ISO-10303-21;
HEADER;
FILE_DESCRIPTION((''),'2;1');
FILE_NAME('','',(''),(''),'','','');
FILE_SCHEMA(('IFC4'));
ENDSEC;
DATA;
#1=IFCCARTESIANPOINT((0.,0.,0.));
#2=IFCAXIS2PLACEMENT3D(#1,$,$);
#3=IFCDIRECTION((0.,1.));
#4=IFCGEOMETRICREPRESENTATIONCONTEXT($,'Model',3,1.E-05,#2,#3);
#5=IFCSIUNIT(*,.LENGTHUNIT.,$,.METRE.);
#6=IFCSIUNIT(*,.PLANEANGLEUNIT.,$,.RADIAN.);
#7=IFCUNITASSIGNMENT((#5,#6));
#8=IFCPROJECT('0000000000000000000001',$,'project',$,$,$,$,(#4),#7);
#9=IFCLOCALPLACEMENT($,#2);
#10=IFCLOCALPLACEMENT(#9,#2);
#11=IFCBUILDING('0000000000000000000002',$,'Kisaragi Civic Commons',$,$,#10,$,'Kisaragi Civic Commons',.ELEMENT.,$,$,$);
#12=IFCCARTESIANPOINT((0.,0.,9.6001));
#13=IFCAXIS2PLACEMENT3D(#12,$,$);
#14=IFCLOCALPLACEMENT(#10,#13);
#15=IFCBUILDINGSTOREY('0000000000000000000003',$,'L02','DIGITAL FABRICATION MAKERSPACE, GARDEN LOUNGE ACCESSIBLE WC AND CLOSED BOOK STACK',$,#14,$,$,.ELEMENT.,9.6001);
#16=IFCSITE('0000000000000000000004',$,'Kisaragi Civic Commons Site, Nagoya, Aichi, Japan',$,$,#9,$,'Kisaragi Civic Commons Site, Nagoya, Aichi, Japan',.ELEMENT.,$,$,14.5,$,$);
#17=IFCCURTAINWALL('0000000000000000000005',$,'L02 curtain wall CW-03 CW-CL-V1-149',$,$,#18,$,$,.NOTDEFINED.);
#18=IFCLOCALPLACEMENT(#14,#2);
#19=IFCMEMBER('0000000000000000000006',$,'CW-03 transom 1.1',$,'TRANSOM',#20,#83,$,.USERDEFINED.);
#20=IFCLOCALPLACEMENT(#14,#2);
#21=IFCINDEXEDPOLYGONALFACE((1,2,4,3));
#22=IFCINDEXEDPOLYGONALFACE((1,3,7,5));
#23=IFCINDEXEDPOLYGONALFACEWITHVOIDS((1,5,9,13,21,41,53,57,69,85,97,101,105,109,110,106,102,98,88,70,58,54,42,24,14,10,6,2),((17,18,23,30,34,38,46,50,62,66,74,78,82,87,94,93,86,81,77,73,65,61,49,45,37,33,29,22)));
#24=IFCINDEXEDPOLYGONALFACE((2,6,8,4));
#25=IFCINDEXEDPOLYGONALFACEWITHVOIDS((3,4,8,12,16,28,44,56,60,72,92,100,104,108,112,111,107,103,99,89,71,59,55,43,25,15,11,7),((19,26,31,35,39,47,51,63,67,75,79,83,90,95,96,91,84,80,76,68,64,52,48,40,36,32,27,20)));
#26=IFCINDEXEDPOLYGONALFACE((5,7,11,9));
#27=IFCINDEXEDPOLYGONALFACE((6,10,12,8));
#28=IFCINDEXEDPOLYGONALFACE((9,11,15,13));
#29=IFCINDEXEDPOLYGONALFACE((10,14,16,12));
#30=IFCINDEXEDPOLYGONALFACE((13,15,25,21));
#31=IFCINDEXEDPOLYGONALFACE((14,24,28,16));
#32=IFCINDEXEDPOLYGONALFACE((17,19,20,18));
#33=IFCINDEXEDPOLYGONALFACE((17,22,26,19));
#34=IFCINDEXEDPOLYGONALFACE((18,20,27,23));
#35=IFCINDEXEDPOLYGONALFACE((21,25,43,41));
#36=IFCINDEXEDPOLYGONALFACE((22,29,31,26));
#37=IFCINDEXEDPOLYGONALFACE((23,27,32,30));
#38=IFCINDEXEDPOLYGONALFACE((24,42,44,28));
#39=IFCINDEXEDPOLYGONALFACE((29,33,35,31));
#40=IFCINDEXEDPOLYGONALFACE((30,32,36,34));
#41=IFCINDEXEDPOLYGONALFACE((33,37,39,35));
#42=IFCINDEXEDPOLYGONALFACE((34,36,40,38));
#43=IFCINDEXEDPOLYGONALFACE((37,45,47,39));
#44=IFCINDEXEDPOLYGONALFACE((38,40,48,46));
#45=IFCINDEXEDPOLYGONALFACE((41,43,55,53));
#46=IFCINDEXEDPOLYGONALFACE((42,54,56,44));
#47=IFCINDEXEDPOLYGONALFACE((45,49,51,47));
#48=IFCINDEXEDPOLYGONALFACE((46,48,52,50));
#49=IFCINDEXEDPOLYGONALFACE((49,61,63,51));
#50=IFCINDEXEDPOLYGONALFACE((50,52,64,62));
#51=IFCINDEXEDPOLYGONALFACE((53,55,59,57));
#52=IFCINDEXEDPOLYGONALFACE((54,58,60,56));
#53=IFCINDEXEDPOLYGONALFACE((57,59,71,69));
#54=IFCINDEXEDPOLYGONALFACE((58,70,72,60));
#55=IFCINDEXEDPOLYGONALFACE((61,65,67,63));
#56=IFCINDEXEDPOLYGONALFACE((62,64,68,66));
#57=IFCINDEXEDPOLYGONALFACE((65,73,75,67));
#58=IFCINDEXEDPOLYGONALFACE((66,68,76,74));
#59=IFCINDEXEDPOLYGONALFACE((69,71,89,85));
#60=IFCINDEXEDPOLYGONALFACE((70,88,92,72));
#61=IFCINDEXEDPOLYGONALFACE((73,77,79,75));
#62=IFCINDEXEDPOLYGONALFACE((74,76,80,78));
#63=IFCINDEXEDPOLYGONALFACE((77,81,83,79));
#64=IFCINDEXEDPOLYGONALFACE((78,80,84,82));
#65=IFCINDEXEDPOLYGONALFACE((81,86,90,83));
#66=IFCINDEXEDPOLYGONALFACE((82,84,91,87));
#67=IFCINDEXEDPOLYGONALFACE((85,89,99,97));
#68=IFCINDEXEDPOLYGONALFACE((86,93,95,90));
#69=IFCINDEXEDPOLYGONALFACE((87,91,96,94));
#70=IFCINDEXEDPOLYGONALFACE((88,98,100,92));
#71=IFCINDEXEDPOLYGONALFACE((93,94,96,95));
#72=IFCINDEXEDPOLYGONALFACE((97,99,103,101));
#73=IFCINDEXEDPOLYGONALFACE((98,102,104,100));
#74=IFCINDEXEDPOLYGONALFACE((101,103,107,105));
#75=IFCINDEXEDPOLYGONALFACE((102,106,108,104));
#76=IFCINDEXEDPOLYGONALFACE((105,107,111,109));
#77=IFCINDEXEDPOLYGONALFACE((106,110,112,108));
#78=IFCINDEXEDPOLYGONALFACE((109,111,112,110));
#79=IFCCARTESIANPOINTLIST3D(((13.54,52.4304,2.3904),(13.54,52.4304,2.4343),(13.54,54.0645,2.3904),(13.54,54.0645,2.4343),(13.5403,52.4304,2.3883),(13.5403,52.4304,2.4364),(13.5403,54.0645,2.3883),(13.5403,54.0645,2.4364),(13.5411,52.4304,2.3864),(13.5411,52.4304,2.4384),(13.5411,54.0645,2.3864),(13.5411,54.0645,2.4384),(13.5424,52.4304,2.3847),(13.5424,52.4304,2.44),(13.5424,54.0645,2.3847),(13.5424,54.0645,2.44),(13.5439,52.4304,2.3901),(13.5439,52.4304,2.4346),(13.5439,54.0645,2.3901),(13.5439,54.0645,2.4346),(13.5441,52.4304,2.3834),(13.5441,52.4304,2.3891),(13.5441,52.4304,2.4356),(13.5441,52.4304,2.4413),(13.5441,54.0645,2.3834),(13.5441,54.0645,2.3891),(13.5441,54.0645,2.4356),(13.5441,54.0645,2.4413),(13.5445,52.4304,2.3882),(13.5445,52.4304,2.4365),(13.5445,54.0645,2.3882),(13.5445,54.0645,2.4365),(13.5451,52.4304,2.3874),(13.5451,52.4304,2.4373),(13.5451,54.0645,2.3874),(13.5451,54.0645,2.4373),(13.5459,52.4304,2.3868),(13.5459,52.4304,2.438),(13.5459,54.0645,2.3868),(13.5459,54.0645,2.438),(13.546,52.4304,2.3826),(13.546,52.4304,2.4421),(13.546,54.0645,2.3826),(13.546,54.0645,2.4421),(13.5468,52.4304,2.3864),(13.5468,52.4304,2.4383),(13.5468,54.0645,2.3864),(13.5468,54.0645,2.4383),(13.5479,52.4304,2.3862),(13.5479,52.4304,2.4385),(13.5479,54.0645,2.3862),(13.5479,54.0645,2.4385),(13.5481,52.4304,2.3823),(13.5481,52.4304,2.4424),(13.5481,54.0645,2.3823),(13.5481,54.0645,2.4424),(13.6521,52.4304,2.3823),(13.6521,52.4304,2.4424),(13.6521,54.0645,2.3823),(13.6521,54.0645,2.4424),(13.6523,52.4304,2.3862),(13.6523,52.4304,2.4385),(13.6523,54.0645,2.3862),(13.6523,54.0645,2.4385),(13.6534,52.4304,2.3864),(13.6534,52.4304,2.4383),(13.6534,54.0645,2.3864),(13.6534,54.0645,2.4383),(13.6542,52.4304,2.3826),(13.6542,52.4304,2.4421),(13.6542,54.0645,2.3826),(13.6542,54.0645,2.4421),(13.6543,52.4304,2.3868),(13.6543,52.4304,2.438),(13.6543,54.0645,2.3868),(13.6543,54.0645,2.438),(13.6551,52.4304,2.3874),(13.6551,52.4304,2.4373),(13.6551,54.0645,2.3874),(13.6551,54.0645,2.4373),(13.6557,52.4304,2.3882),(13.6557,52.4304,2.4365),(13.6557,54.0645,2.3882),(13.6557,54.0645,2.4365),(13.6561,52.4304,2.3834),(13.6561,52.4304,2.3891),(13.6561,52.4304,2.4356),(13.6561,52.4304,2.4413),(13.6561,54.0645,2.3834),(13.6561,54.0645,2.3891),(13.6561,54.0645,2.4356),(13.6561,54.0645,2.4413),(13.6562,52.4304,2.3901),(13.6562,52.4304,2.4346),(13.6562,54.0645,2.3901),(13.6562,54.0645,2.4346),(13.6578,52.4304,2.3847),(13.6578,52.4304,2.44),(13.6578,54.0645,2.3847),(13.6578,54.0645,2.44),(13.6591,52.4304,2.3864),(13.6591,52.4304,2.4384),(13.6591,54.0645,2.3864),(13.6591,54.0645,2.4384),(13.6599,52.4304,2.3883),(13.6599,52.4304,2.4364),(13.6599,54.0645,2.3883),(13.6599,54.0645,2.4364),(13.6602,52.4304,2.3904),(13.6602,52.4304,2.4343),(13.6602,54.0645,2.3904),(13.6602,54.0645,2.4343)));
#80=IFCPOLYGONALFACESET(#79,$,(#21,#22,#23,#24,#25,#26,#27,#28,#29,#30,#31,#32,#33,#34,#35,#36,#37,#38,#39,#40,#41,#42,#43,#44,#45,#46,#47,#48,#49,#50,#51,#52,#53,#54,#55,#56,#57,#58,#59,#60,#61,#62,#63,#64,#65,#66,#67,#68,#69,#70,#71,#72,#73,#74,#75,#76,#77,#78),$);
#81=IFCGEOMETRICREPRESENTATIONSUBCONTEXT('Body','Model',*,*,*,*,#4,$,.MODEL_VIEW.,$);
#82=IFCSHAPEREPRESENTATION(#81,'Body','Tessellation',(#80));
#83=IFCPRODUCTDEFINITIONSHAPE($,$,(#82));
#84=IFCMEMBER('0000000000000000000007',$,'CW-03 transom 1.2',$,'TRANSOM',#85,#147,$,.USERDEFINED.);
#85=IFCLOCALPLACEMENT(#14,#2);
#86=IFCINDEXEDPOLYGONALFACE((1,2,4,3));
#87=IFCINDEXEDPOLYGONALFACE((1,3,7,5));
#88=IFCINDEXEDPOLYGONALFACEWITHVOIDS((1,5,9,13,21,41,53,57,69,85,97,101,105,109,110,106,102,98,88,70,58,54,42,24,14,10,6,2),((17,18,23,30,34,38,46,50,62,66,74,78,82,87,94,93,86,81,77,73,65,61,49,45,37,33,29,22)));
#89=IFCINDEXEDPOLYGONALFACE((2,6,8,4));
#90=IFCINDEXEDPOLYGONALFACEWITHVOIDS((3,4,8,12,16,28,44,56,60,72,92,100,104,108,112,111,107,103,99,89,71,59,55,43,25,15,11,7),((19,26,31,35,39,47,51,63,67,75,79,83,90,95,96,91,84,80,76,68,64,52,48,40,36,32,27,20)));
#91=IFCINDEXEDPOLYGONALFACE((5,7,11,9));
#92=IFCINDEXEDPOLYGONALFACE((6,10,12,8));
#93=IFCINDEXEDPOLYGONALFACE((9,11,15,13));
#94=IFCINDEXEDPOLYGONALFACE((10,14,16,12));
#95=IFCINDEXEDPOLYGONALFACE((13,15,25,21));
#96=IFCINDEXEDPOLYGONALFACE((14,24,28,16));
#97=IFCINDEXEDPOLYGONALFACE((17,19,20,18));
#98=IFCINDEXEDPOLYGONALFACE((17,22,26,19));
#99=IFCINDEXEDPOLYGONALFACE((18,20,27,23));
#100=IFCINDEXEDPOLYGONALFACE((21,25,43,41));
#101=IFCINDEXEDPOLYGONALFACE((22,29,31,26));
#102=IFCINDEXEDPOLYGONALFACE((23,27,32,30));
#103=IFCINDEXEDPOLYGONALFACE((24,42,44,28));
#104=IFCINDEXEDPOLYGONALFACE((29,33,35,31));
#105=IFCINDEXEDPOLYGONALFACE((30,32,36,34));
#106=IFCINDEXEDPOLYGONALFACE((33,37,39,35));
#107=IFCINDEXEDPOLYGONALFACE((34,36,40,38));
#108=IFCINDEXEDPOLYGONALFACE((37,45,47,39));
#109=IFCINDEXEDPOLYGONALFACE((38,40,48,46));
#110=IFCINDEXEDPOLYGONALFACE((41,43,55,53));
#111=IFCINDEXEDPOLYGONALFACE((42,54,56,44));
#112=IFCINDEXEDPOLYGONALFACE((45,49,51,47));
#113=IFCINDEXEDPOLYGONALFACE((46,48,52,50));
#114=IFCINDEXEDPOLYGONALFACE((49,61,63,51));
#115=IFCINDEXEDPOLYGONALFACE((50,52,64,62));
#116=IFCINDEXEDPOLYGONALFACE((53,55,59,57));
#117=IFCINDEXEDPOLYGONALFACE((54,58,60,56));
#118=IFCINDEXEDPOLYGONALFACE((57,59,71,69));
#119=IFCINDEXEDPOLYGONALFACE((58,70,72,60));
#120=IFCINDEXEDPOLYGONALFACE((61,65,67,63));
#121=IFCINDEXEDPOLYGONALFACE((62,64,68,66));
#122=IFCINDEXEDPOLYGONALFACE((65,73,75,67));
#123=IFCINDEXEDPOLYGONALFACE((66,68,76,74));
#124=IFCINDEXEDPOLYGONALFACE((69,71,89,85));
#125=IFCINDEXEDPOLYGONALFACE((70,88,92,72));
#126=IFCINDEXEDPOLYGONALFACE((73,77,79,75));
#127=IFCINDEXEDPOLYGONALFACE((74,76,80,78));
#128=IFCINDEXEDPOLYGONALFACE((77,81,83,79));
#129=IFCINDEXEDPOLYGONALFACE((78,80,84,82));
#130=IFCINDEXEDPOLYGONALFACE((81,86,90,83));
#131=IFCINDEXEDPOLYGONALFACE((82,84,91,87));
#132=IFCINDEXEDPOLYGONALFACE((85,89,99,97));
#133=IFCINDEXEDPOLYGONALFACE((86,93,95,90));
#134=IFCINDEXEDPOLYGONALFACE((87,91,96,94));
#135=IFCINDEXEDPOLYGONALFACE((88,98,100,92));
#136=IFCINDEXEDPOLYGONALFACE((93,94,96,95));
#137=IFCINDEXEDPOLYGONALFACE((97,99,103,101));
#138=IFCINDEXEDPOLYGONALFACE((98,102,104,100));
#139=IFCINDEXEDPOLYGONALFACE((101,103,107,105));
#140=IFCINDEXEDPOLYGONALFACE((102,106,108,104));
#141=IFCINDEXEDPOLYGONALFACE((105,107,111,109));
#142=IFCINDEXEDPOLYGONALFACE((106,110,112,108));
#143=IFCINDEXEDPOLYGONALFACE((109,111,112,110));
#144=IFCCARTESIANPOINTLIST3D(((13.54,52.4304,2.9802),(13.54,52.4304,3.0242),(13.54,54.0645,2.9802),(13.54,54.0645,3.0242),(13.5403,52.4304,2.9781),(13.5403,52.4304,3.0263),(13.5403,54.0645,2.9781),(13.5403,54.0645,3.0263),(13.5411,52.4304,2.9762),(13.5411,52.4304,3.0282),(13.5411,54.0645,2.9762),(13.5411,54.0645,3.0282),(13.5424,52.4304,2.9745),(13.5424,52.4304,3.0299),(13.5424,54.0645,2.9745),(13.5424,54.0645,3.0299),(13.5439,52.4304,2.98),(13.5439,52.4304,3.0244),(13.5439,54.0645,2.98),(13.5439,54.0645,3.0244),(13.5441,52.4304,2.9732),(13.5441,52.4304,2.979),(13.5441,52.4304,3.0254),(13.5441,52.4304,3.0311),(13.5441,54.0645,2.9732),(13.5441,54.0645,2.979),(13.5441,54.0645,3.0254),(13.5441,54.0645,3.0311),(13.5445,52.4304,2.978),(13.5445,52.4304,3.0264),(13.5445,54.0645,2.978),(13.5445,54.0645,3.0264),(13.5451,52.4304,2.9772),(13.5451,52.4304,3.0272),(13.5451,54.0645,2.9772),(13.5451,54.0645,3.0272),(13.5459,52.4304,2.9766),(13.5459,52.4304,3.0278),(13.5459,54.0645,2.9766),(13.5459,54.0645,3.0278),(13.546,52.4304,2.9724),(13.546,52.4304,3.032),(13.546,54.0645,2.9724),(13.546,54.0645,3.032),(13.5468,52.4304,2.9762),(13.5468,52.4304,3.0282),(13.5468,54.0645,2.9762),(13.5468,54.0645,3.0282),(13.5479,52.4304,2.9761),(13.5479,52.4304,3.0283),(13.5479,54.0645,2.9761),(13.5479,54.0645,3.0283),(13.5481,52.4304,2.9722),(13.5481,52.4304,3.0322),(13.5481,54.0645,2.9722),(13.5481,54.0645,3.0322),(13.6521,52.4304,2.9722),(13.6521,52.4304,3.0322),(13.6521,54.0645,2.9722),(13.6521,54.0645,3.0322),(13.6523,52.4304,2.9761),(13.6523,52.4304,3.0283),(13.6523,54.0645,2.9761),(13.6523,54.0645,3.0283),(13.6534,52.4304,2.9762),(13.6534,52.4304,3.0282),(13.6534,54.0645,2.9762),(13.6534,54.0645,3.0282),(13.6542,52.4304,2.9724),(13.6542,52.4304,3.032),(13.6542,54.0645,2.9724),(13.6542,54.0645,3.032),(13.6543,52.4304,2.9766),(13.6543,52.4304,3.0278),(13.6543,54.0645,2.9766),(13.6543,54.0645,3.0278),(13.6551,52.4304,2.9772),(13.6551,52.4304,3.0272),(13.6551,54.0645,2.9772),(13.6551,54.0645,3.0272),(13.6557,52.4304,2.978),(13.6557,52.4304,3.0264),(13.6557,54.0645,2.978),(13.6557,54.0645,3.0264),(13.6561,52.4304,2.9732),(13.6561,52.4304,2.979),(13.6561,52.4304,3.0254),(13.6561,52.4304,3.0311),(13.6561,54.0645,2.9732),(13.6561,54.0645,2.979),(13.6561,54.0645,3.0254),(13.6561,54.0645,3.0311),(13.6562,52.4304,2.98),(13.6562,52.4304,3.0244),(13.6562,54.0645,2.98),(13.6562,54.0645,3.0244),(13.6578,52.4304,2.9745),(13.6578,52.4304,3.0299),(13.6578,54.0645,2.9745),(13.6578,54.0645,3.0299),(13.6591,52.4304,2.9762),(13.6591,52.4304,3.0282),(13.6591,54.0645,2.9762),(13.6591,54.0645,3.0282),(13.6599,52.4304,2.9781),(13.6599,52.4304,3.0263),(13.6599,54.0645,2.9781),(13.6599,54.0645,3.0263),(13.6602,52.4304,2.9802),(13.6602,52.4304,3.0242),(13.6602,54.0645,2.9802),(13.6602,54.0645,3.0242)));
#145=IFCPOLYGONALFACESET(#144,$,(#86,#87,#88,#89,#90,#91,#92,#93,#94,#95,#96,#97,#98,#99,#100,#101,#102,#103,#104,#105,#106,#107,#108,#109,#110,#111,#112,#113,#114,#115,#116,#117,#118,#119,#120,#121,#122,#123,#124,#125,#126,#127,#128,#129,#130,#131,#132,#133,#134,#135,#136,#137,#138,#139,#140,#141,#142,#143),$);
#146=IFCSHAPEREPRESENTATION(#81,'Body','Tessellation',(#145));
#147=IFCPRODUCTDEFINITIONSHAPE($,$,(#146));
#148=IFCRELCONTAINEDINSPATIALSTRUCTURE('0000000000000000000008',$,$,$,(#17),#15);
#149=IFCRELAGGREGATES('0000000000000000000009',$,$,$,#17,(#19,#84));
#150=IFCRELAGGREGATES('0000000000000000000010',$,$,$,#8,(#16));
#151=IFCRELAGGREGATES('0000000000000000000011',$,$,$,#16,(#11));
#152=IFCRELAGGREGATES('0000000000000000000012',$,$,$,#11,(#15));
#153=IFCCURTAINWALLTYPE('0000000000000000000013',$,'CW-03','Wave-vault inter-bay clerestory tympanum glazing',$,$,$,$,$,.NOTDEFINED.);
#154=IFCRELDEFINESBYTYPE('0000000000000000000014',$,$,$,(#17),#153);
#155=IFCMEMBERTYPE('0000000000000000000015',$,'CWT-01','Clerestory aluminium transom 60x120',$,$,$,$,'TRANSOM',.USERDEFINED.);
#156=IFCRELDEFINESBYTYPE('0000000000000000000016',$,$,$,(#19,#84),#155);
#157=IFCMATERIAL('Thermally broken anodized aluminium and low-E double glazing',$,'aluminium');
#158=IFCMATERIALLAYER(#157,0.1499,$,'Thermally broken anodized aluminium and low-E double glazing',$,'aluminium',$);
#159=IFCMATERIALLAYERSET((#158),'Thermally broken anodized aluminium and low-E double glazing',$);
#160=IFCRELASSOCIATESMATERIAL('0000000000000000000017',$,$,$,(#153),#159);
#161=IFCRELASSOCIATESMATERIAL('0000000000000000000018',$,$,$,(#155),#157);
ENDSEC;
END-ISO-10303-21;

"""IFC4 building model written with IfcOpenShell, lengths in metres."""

from ifc_helpers import new_model, si_unit, direction, frame, origin, origin_2d, place, context, subcontext, project, spatial, hollow_rectangle, extrude, material, layer, layer_set, material_profile, profile_set, type_object, element, aggregate, save


model = new_model("IFC4")

# Units and contexts
model_context = context("Model", 3, precision=1e-05, world=origin(), true_north=direction((0.0, 1.0)))
body_context = subcontext(model_context, "Body", "Model", "MODEL_VIEW")
ifc_project = project(units=[si_unit("LENGTHUNIT", "METRE"), si_unit("PLANEANGLEUNIT", "RADIAN")], contexts=[model_context])

# Site, building, storey
site_placement = place(None, origin())
site = spatial("IfcSite", under=ifc_project, at=site_placement, Name="Kisaragi Civic Commons Site, Nagoya, Aichi, Japan", LongName="Kisaragi Civic Commons Site, Nagoya, Aichi, Japan", CompositionType="ELEMENT", RefElevation=14.5)
building_placement = place(site_placement, origin())
building = spatial("IfcBuilding", under=site, at=building_placement, Name="Kisaragi Civic Commons", LongName="Kisaragi Civic Commons", CompositionType="ELEMENT")
storey_placement = place(building_placement, frame((0.0, 0.0, 9.6001)))
storey = spatial("IfcBuildingStorey", under=building, at=storey_placement, Name="L02", Description="DIGITAL FABRICATION MAKERSPACE, GARDEN LOUNGE ACCESSIBLE WC AND CLOSED BOOK STACK", CompositionType="ELEMENT", Elevation=9.6001)

# Curtain wall
ifc_material_1 = material(Name="Thermally broken anodized aluminium and low-E double glazing", Category="aluminium")
ifc_layer_1 = layer(ifc_material_1, 0.1499, Name="Thermally broken anodized aluminium and low-E double glazing", Category="aluminium")
ifc_layer_set_1 = layer_set([ifc_layer_1], Name="Thermally broken anodized aluminium and low-E double glazing")
curtain_wall_type = type_object("IfcCurtainWallType", Name="CW-03", Description="Wave-vault inter-bay clerestory tympanum glazing", PredefinedType="NOTDEFINED", material=ifc_layer_set_1)
curtain_wall_1_placement = place(storey_placement, origin())
curtain_wall_1 = element("IfcCurtainWall", 1, at=curtain_wall_1_placement, inside=storey, type_object=curtain_wall_type, Name="L02 curtain wall CW-03 CW-CL-V1-149", PredefinedType="NOTDEFINED")

# Members
ifc_material_profile_1 = material_profile(ifc_material_1, hollow_rectangle(XDim=0.1201, YDim=0.0601, WallThickness=0.0039, InnerFilletRadius=0.0039, OuterFilletRadius=0.0081, at=origin_2d()), Name="CWT-60x120x4", Category="aluminium")
ifc_profile_set_1 = profile_set([ifc_material_profile_1], Name="Thermally broken anodized aluminium and low-E double glazing")
member_type_1 = type_object("IfcMemberType", Name="CWT-01", Description="Clerestory aluminium transom 60x120", ElementType="TRANSOM", PredefinedType="USERDEFINED", material=ifc_profile_set_1)
member_1_placement = place(storey_placement, frame((13.6001, 52.4304, 2.4124), z_axis=(0.0, 1.0, 0.0), x_axis=(-1.0, 0.0, 0.0)))
member_1 = element("IfcMember", 2, at=member_1_placement, type_object=member_type_1, Name="CW-03 transom 1.1", ObjectType="TRANSOM", PredefinedType="USERDEFINED", context=body_context, shape_type="SweptSolid", body=[
    extrude(hollow_rectangle(XDim=0.1201, YDim=0.0601, WallThickness=0.0039, InnerFilletRadius=0.0039, OuterFilletRadius=0.0081, at=origin_2d()), origin(), (0.0, 0.0, 1.0), 1.634),
])
member_2_placement = place(storey_placement, frame((13.6001, 52.4304, 3.0022), z_axis=(0.0, 1.0, 0.0), x_axis=(-1.0, 0.0, 0.0)))
member_2 = element("IfcMember", 3, at=member_2_placement, type_object=member_type_1, Name="CW-03 transom 1.2", ObjectType="TRANSOM", PredefinedType="USERDEFINED", context=body_context, shape_type="SweptSolid", body=[
    extrude(hollow_rectangle(XDim=0.1201, YDim=0.0601, WallThickness=0.0039, InnerFilletRadius=0.0039, OuterFilletRadius=0.0081, at=origin_2d()), origin(), (0.0, 0.0, 1.0), 1.634),
])

aggregate(curtain_wall_1, [member_1, member_2])

save(model, "model.ifc")
